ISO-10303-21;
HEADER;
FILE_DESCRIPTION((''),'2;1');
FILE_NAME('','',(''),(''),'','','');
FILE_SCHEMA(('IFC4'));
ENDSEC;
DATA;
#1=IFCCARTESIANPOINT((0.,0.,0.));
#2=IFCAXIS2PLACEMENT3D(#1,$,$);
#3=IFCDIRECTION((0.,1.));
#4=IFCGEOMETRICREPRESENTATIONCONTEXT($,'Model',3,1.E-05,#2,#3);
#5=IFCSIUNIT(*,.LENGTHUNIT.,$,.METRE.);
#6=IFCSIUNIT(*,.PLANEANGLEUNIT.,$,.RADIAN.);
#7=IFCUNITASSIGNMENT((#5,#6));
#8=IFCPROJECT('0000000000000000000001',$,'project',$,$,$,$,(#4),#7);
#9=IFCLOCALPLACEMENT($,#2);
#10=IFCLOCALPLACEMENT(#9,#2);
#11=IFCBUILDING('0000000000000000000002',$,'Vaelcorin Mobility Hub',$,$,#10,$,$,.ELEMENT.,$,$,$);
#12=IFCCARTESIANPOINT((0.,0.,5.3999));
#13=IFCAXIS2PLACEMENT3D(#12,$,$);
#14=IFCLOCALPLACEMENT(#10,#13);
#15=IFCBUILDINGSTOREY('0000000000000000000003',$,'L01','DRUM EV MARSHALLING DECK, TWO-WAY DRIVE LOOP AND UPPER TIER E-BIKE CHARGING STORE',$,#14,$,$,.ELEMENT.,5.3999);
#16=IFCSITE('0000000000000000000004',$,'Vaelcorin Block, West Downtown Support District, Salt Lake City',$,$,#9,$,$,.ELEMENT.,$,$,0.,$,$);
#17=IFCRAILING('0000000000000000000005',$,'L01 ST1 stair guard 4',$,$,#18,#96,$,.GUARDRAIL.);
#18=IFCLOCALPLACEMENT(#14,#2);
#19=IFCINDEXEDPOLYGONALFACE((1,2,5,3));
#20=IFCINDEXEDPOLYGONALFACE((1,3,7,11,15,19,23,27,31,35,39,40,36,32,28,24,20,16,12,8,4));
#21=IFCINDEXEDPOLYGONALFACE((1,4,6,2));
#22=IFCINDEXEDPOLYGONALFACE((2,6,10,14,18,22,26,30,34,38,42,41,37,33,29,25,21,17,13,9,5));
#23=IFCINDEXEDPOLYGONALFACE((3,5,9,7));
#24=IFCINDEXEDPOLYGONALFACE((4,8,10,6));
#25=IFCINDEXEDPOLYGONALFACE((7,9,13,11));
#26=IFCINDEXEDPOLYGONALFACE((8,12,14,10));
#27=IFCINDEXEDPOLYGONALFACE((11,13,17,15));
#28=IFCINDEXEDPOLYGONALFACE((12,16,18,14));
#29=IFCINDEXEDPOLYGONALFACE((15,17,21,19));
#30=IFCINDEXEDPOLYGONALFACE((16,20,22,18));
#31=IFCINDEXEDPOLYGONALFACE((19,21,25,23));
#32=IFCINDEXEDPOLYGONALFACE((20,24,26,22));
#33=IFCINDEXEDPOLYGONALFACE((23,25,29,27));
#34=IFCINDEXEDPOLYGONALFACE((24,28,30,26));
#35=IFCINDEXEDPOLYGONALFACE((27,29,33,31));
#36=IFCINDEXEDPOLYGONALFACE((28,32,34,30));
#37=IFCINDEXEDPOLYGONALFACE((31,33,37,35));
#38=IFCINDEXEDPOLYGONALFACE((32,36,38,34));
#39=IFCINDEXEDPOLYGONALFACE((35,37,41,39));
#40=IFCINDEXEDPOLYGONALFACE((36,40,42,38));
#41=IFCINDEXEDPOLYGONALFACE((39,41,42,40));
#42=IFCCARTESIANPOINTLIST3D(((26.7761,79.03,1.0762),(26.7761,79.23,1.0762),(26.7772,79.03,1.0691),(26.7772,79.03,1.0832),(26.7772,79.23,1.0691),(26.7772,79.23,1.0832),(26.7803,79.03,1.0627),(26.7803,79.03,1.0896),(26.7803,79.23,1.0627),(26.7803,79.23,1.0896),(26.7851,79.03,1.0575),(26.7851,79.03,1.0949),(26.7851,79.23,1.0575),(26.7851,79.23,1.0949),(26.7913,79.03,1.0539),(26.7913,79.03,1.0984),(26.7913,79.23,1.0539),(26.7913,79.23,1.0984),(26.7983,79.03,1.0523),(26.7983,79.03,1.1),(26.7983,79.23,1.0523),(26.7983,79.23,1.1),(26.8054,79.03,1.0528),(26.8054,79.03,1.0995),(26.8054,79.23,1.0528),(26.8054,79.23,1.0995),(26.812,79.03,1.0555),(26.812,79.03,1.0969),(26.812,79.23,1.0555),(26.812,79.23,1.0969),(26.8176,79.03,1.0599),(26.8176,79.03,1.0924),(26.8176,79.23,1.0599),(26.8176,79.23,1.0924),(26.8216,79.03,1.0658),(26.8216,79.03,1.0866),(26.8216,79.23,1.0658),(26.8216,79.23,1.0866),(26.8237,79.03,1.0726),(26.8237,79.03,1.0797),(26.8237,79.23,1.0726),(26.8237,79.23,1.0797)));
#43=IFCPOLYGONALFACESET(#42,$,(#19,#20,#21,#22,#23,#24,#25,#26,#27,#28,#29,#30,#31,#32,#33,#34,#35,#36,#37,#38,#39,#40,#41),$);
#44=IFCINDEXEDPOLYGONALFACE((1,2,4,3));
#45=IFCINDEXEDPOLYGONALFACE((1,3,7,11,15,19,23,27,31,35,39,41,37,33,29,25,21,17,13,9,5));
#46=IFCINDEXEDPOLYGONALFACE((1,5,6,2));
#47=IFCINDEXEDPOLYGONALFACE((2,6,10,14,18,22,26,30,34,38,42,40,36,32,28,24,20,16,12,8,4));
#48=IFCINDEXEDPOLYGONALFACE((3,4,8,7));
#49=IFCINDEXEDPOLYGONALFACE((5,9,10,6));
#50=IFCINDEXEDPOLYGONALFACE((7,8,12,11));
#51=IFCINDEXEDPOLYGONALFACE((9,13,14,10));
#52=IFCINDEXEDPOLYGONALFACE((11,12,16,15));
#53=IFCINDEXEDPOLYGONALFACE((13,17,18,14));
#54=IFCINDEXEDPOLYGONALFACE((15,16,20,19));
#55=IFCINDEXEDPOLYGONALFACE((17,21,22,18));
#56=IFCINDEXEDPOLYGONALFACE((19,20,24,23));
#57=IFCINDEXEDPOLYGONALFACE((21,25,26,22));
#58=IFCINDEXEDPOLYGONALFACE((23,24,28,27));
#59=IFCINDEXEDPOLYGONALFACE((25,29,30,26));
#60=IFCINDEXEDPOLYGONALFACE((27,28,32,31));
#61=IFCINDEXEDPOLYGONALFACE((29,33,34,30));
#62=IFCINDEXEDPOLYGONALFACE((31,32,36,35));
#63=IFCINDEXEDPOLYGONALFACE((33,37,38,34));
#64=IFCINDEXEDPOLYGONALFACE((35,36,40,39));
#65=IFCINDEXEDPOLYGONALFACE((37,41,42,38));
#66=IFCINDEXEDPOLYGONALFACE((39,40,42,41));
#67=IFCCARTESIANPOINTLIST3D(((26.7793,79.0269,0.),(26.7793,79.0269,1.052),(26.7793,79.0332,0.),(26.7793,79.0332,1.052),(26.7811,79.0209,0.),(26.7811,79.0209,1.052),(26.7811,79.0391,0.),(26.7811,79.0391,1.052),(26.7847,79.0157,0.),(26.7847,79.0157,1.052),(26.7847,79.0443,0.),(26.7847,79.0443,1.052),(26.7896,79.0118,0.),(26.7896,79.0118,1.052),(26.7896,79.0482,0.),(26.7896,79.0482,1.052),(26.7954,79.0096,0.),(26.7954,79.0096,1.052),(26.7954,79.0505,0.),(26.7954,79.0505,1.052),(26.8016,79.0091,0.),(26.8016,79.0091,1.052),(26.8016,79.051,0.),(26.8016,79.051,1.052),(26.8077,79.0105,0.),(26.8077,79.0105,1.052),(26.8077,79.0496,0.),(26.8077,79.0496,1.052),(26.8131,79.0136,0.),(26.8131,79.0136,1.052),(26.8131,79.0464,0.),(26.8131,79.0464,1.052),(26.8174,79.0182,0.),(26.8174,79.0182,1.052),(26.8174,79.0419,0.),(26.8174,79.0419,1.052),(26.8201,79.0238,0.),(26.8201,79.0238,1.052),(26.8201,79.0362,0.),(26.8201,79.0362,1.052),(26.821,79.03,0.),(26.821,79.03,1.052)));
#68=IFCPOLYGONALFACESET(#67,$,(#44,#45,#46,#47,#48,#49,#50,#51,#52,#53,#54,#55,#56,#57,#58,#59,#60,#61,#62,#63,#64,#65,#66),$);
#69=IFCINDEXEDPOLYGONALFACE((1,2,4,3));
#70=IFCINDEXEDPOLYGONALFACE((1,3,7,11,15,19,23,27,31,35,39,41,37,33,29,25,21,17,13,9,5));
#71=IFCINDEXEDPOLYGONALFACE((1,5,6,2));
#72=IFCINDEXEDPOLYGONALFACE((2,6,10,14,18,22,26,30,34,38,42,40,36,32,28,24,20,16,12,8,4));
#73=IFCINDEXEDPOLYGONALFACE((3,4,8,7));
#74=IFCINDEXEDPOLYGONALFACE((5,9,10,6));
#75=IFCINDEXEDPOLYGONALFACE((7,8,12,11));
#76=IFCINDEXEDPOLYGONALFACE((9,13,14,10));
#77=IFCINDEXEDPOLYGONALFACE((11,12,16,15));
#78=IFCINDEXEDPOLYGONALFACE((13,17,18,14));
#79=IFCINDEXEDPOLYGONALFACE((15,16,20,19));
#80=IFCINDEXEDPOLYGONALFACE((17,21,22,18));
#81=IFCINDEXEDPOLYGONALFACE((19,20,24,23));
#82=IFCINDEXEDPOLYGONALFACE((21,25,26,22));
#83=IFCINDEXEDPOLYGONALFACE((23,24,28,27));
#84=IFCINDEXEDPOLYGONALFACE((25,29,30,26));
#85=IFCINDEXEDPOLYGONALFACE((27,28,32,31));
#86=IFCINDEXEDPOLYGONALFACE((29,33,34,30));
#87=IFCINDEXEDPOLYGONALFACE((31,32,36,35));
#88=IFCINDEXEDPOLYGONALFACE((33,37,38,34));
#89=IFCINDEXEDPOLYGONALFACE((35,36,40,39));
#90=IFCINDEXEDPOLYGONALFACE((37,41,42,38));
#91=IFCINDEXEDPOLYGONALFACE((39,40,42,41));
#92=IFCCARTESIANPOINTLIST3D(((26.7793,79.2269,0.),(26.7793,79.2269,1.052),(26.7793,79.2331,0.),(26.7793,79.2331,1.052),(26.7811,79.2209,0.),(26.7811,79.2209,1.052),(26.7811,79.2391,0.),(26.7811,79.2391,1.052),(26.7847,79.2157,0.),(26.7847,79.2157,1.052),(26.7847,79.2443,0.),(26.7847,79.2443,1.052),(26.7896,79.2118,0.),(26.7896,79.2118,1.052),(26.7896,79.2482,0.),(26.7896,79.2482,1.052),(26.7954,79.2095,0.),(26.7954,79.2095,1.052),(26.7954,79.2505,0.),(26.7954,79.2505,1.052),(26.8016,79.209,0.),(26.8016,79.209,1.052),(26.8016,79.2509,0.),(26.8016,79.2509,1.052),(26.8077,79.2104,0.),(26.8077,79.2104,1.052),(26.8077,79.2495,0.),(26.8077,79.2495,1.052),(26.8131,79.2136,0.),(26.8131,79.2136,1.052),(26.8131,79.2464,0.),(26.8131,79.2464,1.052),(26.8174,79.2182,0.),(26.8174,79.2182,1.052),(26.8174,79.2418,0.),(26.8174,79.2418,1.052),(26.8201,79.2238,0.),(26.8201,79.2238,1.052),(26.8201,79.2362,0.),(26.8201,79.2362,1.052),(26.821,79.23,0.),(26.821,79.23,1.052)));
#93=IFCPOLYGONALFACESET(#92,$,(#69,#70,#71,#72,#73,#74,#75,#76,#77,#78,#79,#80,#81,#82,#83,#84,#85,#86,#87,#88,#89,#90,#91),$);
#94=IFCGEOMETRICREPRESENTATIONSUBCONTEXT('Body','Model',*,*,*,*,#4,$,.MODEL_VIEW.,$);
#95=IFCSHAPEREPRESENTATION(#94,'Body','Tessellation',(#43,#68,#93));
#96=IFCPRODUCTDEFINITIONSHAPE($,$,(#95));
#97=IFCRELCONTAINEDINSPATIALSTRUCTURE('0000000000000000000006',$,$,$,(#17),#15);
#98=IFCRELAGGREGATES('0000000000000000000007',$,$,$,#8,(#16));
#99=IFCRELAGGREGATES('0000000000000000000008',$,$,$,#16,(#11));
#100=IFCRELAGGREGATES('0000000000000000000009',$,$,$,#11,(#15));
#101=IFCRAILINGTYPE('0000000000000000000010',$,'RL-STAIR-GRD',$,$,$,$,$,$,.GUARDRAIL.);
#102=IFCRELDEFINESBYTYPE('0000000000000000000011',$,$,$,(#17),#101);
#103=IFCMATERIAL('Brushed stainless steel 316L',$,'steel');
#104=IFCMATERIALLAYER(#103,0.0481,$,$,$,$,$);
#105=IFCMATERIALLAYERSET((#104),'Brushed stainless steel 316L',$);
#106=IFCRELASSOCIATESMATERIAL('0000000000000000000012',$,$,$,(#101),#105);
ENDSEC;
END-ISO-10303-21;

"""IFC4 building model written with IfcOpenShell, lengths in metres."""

from ifc_helpers import new_model, si_unit, direction, frame, origin, origin_2d, place, context, subcontext, project, spatial, circle, extrude, material, layer, layer_set, type_object, element, save


model = new_model("IFC4")

# Units and contexts
model_context = context("Model", 3, precision=1e-05, world=origin(), true_north=direction((0.0, 1.0)))
body_context = subcontext(model_context, "Body", "Model", "MODEL_VIEW")
ifc_project = project(units=[si_unit("LENGTHUNIT", "METRE"), si_unit("PLANEANGLEUNIT", "RADIAN")], contexts=[model_context])

# Site, building, storey
site_placement = place(None, origin())
site = spatial("IfcSite", under=ifc_project, at=site_placement, Name="Vaelcorin Block, West Downtown Support District, Salt Lake City", CompositionType="ELEMENT", RefElevation=0.0)
building_placement = place(site_placement, origin())
building = spatial("IfcBuilding", under=site, at=building_placement, Name="Vaelcorin Mobility Hub", CompositionType="ELEMENT")
storey_placement = place(building_placement, frame((0.0, 0.0, 5.3999)))
storey = spatial("IfcBuildingStorey", under=building, at=storey_placement, Name="L01", Description="DRUM EV MARSHALLING DECK, TWO-WAY DRIVE LOOP AND UPPER TIER E-BIKE CHARGING STORE", CompositionType="ELEMENT", Elevation=5.3999)

# Railing
ifc_material_1 = material(Name="Brushed stainless steel 316L", Category="steel")
ifc_layer_1 = layer(ifc_material_1, 0.0481)
ifc_layer_set_1 = layer_set([ifc_layer_1], Name="Brushed stainless steel 316L")
railing_type_1 = type_object("IfcRailingType", Name="RL-STAIR-GRD", PredefinedType="GUARDRAIL", material=ifc_layer_set_1)
railing_1_placement = place(storey_placement, frame((26.8, 79.03, 0.0)))
element("IfcRailing", 1, at=railing_1_placement, inside=storey, type_object=railing_type_1, Name="L01 ST1 stair guard 4", PredefinedType="GUARDRAIL", context=body_context, shape_type="SweptSolid", body=[
    extrude(circle(Radius=0.0239, at=origin_2d()), frame((0.0, 0.0, 1.0762), z_axis=(0.0, 1.0, 0.0), x_axis=(-1.0, 0.0, 0.0)), (0.0, 0.0, 1.0), 0.2),
    extrude(circle(Radius=0.021, at=origin_2d()), origin(), (0.0, 0.0, 1.0), 1.052),
    extrude(circle(Radius=0.021, at=origin_2d()), frame((0.0, 0.2, 0.0)), (0.0, 0.0, 1.0), 1.052),
])

save(model, "model.ifc")
